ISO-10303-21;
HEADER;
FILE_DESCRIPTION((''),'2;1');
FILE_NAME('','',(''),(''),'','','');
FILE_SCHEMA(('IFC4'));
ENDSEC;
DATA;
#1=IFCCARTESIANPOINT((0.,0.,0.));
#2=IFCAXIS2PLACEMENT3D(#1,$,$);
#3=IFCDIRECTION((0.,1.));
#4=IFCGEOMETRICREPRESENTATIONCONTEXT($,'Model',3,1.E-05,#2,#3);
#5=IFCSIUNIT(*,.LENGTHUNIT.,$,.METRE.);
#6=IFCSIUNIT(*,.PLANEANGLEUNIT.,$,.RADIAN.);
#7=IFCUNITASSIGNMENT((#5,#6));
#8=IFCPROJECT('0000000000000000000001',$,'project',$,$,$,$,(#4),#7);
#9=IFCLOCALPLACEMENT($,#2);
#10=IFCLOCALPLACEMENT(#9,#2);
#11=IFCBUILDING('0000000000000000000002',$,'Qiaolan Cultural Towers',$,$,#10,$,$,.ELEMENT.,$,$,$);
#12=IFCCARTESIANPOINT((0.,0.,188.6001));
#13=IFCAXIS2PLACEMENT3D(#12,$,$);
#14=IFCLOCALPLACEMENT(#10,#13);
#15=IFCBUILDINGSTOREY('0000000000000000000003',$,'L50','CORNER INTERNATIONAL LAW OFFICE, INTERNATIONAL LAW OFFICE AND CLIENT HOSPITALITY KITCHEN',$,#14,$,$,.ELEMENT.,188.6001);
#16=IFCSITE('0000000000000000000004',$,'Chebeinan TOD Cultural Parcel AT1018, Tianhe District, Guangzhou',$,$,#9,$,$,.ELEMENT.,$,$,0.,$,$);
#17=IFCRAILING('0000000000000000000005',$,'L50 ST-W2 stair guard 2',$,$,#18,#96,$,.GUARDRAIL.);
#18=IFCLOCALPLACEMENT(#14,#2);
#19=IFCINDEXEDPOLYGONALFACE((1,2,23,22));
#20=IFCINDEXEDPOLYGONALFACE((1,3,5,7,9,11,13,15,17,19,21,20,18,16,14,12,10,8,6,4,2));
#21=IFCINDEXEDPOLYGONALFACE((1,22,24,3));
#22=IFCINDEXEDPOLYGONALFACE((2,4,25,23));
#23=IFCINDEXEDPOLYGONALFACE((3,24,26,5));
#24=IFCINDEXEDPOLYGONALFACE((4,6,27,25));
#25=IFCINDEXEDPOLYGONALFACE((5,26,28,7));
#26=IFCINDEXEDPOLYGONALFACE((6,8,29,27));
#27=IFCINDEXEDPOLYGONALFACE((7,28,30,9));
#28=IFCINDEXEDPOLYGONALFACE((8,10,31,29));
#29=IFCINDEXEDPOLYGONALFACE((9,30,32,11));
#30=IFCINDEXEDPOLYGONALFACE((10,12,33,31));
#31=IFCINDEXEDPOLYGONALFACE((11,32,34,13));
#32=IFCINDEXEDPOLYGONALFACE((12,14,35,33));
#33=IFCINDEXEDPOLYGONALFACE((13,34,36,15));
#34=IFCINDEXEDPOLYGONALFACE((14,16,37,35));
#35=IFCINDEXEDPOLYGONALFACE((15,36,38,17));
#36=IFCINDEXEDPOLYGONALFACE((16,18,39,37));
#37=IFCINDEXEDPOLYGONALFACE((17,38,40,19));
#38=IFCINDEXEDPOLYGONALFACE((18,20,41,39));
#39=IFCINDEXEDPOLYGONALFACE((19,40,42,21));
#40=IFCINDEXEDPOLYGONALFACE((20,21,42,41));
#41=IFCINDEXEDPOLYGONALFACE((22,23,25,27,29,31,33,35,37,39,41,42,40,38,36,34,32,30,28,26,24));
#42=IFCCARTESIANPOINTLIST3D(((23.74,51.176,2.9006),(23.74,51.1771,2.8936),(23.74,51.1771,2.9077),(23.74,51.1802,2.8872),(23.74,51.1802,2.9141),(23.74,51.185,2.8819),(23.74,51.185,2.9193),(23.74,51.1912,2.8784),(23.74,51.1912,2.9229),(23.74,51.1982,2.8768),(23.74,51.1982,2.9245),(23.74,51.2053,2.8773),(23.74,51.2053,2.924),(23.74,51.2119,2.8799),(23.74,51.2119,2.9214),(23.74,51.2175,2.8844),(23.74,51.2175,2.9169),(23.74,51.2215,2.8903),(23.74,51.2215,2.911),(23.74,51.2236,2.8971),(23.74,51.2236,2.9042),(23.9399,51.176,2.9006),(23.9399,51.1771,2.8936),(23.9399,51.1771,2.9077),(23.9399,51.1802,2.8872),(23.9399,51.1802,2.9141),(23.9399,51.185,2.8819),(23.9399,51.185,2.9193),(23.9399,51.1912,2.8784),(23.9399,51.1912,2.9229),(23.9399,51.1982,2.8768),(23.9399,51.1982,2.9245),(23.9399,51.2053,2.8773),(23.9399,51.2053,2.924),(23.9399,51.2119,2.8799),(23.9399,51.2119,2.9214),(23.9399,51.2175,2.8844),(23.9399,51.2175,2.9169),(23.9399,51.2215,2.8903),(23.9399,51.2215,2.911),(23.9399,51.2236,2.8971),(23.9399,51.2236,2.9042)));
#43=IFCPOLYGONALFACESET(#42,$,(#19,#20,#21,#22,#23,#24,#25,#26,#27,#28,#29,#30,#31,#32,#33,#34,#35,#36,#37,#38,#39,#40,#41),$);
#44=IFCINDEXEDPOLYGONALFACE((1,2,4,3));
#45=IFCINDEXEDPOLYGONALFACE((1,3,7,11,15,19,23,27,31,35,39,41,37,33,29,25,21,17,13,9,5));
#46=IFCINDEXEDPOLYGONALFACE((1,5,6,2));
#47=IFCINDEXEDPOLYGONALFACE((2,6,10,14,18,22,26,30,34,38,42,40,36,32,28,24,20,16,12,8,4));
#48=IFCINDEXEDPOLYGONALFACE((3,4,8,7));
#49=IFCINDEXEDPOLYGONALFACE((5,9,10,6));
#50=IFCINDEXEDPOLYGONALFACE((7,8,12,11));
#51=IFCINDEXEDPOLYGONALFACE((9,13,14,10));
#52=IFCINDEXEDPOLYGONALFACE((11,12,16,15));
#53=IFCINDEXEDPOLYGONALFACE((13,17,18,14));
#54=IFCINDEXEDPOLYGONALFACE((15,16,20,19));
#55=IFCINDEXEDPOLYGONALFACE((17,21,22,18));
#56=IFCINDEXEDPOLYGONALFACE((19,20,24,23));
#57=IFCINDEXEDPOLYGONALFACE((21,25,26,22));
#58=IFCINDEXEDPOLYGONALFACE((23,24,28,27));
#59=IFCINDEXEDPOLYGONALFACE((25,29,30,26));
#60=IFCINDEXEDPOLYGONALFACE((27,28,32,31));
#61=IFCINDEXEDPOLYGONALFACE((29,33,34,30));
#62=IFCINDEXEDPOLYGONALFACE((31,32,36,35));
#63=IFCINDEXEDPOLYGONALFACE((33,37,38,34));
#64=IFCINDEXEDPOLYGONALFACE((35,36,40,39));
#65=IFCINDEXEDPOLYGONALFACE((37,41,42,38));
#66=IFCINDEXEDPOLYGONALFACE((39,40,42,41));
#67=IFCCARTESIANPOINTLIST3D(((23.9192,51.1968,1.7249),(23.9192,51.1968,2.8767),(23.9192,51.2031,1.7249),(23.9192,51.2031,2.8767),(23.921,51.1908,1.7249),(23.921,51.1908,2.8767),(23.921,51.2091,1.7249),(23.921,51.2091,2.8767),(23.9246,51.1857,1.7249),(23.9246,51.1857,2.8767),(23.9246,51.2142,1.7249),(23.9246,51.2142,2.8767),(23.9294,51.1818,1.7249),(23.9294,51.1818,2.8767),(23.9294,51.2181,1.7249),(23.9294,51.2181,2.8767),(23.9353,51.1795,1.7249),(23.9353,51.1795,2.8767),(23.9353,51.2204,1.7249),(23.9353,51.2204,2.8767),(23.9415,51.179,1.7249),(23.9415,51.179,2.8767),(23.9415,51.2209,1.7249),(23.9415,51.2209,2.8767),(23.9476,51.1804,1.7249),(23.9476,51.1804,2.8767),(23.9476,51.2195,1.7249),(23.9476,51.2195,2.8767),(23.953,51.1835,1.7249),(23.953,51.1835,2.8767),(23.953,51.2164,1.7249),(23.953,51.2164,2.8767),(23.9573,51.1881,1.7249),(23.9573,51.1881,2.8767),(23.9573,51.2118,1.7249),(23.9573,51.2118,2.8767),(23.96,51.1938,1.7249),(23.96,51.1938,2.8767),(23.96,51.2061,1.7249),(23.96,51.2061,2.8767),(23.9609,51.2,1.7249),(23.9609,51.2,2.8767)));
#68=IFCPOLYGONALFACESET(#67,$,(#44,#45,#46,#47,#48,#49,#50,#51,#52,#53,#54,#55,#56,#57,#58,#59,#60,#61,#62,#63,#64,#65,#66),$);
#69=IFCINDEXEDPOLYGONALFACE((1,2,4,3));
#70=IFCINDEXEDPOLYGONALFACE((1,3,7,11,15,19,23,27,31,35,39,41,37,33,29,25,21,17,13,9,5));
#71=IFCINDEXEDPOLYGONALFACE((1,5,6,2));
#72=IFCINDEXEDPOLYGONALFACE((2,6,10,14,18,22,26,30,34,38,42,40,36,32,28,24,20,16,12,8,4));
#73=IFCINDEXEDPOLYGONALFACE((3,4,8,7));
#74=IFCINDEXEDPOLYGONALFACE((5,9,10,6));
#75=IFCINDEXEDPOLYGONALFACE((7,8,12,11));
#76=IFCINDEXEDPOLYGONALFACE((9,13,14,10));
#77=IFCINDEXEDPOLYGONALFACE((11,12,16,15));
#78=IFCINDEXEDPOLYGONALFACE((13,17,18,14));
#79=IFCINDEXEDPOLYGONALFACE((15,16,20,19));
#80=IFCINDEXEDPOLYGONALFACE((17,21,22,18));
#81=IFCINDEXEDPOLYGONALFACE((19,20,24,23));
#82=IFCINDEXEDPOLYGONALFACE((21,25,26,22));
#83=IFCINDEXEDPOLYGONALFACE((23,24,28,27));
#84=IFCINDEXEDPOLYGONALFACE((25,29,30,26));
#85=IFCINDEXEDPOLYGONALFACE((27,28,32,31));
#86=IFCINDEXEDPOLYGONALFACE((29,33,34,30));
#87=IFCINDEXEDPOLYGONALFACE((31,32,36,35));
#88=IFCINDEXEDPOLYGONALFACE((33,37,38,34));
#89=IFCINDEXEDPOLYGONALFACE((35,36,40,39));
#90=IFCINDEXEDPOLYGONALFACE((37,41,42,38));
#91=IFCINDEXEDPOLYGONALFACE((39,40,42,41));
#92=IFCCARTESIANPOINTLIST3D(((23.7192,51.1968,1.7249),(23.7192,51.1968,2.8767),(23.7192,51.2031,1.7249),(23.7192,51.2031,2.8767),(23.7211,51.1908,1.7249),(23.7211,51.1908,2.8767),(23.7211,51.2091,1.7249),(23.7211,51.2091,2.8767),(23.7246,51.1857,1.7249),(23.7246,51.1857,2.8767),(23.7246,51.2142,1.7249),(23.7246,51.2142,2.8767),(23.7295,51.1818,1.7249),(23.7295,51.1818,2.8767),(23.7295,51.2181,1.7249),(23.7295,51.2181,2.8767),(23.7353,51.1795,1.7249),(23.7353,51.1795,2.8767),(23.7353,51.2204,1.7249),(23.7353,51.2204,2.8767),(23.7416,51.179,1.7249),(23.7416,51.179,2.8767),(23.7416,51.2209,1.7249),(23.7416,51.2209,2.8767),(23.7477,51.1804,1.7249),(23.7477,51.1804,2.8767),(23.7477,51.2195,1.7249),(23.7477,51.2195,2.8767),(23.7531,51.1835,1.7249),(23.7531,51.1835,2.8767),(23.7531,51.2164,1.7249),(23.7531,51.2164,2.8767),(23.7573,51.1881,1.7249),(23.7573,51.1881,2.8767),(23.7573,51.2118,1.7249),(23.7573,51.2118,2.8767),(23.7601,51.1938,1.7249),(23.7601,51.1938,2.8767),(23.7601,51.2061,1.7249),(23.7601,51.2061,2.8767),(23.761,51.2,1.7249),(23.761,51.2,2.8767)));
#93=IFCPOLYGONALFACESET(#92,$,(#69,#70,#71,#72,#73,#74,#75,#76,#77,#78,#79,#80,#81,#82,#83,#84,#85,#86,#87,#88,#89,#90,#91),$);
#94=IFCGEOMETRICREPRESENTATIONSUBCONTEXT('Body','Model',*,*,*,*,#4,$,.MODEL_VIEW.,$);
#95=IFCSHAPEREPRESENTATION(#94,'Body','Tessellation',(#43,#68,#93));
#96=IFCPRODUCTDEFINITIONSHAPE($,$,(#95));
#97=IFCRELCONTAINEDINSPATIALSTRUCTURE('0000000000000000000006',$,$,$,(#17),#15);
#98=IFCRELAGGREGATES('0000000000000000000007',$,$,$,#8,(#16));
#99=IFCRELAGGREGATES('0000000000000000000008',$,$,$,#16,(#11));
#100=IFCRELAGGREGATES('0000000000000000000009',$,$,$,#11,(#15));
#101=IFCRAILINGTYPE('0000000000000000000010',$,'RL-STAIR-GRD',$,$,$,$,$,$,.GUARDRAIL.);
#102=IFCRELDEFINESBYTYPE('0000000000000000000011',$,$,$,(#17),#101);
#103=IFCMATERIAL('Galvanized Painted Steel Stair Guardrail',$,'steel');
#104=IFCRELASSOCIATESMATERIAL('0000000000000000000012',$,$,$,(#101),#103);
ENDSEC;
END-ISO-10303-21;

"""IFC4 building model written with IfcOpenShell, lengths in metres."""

from ifc_helpers import new_model, si_unit, direction, frame, origin, origin_2d, place, context, subcontext, project, spatial, circle, extrude, material, type_object, element, save


model = new_model("IFC4")

# Units and contexts
model_context = context("Model", 3, precision=1e-05, world=origin(), true_north=direction((0.0, 1.0)))
body_context = subcontext(model_context, "Body", "Model", "MODEL_VIEW")
ifc_project = project(units=[si_unit("LENGTHUNIT", "METRE"), si_unit("PLANEANGLEUNIT", "RADIAN")], contexts=[model_context])

# Site, building, storey
site_placement = place(None, origin())
site = spatial("IfcSite", under=ifc_project, at=site_placement, Name="Chebeinan TOD Cultural Parcel AT1018, Tianhe District, Guangzhou", CompositionType="ELEMENT", RefElevation=0.0)
building_placement = place(site_placement, origin())
building = spatial("IfcBuilding", under=site, at=building_placement, Name="Qiaolan Cultural Towers", CompositionType="ELEMENT")
storey_placement = place(building_placement, frame((0.0, 0.0, 188.6001)))
storey = spatial("IfcBuildingStorey", under=building, at=storey_placement, Name="L50", Description="CORNER INTERNATIONAL LAW OFFICE, INTERNATIONAL LAW OFFICE AND CLIENT HOSPITALITY KITCHEN", CompositionType="ELEMENT", Elevation=188.6001)

# Railing
ifc_material_1 = material(Name="Galvanized Painted Steel Stair Guardrail", Category="steel")
railing_type_1 = type_object("IfcRailingType", Name="RL-STAIR-GRD", PredefinedType="GUARDRAIL", material=ifc_material_1)
railing_1_placement = place(storey_placement, frame((23.9399, 51.2, 1.7249)))
element("IfcRailing", 1, at=railing_1_placement, inside=storey, type_object=railing_type_1, Name="L50 ST-W2 stair guard 2", PredefinedType="GUARDRAIL", context=body_context, shape_type="SweptSolid", body=[
    extrude(circle(Radius=0.0239, at=origin_2d()), frame((0.0, 0.0, 1.1758), z_axis=(-1.0, 0.0, 0.0), x_axis=(0.0, -1.0, 0.0)), (0.0, 0.0, 1.0), 0.2),
    extrude(circle(Radius=0.021, at=origin_2d()), origin(), (0.0, 0.0, 1.0), 1.1519),
    extrude(circle(Radius=0.021, at=origin_2d()), frame((-0.2, 0.0, 0.0)), (0.0, 0.0, 1.0), 1.1519),
])

save(model, "model.ifc")
